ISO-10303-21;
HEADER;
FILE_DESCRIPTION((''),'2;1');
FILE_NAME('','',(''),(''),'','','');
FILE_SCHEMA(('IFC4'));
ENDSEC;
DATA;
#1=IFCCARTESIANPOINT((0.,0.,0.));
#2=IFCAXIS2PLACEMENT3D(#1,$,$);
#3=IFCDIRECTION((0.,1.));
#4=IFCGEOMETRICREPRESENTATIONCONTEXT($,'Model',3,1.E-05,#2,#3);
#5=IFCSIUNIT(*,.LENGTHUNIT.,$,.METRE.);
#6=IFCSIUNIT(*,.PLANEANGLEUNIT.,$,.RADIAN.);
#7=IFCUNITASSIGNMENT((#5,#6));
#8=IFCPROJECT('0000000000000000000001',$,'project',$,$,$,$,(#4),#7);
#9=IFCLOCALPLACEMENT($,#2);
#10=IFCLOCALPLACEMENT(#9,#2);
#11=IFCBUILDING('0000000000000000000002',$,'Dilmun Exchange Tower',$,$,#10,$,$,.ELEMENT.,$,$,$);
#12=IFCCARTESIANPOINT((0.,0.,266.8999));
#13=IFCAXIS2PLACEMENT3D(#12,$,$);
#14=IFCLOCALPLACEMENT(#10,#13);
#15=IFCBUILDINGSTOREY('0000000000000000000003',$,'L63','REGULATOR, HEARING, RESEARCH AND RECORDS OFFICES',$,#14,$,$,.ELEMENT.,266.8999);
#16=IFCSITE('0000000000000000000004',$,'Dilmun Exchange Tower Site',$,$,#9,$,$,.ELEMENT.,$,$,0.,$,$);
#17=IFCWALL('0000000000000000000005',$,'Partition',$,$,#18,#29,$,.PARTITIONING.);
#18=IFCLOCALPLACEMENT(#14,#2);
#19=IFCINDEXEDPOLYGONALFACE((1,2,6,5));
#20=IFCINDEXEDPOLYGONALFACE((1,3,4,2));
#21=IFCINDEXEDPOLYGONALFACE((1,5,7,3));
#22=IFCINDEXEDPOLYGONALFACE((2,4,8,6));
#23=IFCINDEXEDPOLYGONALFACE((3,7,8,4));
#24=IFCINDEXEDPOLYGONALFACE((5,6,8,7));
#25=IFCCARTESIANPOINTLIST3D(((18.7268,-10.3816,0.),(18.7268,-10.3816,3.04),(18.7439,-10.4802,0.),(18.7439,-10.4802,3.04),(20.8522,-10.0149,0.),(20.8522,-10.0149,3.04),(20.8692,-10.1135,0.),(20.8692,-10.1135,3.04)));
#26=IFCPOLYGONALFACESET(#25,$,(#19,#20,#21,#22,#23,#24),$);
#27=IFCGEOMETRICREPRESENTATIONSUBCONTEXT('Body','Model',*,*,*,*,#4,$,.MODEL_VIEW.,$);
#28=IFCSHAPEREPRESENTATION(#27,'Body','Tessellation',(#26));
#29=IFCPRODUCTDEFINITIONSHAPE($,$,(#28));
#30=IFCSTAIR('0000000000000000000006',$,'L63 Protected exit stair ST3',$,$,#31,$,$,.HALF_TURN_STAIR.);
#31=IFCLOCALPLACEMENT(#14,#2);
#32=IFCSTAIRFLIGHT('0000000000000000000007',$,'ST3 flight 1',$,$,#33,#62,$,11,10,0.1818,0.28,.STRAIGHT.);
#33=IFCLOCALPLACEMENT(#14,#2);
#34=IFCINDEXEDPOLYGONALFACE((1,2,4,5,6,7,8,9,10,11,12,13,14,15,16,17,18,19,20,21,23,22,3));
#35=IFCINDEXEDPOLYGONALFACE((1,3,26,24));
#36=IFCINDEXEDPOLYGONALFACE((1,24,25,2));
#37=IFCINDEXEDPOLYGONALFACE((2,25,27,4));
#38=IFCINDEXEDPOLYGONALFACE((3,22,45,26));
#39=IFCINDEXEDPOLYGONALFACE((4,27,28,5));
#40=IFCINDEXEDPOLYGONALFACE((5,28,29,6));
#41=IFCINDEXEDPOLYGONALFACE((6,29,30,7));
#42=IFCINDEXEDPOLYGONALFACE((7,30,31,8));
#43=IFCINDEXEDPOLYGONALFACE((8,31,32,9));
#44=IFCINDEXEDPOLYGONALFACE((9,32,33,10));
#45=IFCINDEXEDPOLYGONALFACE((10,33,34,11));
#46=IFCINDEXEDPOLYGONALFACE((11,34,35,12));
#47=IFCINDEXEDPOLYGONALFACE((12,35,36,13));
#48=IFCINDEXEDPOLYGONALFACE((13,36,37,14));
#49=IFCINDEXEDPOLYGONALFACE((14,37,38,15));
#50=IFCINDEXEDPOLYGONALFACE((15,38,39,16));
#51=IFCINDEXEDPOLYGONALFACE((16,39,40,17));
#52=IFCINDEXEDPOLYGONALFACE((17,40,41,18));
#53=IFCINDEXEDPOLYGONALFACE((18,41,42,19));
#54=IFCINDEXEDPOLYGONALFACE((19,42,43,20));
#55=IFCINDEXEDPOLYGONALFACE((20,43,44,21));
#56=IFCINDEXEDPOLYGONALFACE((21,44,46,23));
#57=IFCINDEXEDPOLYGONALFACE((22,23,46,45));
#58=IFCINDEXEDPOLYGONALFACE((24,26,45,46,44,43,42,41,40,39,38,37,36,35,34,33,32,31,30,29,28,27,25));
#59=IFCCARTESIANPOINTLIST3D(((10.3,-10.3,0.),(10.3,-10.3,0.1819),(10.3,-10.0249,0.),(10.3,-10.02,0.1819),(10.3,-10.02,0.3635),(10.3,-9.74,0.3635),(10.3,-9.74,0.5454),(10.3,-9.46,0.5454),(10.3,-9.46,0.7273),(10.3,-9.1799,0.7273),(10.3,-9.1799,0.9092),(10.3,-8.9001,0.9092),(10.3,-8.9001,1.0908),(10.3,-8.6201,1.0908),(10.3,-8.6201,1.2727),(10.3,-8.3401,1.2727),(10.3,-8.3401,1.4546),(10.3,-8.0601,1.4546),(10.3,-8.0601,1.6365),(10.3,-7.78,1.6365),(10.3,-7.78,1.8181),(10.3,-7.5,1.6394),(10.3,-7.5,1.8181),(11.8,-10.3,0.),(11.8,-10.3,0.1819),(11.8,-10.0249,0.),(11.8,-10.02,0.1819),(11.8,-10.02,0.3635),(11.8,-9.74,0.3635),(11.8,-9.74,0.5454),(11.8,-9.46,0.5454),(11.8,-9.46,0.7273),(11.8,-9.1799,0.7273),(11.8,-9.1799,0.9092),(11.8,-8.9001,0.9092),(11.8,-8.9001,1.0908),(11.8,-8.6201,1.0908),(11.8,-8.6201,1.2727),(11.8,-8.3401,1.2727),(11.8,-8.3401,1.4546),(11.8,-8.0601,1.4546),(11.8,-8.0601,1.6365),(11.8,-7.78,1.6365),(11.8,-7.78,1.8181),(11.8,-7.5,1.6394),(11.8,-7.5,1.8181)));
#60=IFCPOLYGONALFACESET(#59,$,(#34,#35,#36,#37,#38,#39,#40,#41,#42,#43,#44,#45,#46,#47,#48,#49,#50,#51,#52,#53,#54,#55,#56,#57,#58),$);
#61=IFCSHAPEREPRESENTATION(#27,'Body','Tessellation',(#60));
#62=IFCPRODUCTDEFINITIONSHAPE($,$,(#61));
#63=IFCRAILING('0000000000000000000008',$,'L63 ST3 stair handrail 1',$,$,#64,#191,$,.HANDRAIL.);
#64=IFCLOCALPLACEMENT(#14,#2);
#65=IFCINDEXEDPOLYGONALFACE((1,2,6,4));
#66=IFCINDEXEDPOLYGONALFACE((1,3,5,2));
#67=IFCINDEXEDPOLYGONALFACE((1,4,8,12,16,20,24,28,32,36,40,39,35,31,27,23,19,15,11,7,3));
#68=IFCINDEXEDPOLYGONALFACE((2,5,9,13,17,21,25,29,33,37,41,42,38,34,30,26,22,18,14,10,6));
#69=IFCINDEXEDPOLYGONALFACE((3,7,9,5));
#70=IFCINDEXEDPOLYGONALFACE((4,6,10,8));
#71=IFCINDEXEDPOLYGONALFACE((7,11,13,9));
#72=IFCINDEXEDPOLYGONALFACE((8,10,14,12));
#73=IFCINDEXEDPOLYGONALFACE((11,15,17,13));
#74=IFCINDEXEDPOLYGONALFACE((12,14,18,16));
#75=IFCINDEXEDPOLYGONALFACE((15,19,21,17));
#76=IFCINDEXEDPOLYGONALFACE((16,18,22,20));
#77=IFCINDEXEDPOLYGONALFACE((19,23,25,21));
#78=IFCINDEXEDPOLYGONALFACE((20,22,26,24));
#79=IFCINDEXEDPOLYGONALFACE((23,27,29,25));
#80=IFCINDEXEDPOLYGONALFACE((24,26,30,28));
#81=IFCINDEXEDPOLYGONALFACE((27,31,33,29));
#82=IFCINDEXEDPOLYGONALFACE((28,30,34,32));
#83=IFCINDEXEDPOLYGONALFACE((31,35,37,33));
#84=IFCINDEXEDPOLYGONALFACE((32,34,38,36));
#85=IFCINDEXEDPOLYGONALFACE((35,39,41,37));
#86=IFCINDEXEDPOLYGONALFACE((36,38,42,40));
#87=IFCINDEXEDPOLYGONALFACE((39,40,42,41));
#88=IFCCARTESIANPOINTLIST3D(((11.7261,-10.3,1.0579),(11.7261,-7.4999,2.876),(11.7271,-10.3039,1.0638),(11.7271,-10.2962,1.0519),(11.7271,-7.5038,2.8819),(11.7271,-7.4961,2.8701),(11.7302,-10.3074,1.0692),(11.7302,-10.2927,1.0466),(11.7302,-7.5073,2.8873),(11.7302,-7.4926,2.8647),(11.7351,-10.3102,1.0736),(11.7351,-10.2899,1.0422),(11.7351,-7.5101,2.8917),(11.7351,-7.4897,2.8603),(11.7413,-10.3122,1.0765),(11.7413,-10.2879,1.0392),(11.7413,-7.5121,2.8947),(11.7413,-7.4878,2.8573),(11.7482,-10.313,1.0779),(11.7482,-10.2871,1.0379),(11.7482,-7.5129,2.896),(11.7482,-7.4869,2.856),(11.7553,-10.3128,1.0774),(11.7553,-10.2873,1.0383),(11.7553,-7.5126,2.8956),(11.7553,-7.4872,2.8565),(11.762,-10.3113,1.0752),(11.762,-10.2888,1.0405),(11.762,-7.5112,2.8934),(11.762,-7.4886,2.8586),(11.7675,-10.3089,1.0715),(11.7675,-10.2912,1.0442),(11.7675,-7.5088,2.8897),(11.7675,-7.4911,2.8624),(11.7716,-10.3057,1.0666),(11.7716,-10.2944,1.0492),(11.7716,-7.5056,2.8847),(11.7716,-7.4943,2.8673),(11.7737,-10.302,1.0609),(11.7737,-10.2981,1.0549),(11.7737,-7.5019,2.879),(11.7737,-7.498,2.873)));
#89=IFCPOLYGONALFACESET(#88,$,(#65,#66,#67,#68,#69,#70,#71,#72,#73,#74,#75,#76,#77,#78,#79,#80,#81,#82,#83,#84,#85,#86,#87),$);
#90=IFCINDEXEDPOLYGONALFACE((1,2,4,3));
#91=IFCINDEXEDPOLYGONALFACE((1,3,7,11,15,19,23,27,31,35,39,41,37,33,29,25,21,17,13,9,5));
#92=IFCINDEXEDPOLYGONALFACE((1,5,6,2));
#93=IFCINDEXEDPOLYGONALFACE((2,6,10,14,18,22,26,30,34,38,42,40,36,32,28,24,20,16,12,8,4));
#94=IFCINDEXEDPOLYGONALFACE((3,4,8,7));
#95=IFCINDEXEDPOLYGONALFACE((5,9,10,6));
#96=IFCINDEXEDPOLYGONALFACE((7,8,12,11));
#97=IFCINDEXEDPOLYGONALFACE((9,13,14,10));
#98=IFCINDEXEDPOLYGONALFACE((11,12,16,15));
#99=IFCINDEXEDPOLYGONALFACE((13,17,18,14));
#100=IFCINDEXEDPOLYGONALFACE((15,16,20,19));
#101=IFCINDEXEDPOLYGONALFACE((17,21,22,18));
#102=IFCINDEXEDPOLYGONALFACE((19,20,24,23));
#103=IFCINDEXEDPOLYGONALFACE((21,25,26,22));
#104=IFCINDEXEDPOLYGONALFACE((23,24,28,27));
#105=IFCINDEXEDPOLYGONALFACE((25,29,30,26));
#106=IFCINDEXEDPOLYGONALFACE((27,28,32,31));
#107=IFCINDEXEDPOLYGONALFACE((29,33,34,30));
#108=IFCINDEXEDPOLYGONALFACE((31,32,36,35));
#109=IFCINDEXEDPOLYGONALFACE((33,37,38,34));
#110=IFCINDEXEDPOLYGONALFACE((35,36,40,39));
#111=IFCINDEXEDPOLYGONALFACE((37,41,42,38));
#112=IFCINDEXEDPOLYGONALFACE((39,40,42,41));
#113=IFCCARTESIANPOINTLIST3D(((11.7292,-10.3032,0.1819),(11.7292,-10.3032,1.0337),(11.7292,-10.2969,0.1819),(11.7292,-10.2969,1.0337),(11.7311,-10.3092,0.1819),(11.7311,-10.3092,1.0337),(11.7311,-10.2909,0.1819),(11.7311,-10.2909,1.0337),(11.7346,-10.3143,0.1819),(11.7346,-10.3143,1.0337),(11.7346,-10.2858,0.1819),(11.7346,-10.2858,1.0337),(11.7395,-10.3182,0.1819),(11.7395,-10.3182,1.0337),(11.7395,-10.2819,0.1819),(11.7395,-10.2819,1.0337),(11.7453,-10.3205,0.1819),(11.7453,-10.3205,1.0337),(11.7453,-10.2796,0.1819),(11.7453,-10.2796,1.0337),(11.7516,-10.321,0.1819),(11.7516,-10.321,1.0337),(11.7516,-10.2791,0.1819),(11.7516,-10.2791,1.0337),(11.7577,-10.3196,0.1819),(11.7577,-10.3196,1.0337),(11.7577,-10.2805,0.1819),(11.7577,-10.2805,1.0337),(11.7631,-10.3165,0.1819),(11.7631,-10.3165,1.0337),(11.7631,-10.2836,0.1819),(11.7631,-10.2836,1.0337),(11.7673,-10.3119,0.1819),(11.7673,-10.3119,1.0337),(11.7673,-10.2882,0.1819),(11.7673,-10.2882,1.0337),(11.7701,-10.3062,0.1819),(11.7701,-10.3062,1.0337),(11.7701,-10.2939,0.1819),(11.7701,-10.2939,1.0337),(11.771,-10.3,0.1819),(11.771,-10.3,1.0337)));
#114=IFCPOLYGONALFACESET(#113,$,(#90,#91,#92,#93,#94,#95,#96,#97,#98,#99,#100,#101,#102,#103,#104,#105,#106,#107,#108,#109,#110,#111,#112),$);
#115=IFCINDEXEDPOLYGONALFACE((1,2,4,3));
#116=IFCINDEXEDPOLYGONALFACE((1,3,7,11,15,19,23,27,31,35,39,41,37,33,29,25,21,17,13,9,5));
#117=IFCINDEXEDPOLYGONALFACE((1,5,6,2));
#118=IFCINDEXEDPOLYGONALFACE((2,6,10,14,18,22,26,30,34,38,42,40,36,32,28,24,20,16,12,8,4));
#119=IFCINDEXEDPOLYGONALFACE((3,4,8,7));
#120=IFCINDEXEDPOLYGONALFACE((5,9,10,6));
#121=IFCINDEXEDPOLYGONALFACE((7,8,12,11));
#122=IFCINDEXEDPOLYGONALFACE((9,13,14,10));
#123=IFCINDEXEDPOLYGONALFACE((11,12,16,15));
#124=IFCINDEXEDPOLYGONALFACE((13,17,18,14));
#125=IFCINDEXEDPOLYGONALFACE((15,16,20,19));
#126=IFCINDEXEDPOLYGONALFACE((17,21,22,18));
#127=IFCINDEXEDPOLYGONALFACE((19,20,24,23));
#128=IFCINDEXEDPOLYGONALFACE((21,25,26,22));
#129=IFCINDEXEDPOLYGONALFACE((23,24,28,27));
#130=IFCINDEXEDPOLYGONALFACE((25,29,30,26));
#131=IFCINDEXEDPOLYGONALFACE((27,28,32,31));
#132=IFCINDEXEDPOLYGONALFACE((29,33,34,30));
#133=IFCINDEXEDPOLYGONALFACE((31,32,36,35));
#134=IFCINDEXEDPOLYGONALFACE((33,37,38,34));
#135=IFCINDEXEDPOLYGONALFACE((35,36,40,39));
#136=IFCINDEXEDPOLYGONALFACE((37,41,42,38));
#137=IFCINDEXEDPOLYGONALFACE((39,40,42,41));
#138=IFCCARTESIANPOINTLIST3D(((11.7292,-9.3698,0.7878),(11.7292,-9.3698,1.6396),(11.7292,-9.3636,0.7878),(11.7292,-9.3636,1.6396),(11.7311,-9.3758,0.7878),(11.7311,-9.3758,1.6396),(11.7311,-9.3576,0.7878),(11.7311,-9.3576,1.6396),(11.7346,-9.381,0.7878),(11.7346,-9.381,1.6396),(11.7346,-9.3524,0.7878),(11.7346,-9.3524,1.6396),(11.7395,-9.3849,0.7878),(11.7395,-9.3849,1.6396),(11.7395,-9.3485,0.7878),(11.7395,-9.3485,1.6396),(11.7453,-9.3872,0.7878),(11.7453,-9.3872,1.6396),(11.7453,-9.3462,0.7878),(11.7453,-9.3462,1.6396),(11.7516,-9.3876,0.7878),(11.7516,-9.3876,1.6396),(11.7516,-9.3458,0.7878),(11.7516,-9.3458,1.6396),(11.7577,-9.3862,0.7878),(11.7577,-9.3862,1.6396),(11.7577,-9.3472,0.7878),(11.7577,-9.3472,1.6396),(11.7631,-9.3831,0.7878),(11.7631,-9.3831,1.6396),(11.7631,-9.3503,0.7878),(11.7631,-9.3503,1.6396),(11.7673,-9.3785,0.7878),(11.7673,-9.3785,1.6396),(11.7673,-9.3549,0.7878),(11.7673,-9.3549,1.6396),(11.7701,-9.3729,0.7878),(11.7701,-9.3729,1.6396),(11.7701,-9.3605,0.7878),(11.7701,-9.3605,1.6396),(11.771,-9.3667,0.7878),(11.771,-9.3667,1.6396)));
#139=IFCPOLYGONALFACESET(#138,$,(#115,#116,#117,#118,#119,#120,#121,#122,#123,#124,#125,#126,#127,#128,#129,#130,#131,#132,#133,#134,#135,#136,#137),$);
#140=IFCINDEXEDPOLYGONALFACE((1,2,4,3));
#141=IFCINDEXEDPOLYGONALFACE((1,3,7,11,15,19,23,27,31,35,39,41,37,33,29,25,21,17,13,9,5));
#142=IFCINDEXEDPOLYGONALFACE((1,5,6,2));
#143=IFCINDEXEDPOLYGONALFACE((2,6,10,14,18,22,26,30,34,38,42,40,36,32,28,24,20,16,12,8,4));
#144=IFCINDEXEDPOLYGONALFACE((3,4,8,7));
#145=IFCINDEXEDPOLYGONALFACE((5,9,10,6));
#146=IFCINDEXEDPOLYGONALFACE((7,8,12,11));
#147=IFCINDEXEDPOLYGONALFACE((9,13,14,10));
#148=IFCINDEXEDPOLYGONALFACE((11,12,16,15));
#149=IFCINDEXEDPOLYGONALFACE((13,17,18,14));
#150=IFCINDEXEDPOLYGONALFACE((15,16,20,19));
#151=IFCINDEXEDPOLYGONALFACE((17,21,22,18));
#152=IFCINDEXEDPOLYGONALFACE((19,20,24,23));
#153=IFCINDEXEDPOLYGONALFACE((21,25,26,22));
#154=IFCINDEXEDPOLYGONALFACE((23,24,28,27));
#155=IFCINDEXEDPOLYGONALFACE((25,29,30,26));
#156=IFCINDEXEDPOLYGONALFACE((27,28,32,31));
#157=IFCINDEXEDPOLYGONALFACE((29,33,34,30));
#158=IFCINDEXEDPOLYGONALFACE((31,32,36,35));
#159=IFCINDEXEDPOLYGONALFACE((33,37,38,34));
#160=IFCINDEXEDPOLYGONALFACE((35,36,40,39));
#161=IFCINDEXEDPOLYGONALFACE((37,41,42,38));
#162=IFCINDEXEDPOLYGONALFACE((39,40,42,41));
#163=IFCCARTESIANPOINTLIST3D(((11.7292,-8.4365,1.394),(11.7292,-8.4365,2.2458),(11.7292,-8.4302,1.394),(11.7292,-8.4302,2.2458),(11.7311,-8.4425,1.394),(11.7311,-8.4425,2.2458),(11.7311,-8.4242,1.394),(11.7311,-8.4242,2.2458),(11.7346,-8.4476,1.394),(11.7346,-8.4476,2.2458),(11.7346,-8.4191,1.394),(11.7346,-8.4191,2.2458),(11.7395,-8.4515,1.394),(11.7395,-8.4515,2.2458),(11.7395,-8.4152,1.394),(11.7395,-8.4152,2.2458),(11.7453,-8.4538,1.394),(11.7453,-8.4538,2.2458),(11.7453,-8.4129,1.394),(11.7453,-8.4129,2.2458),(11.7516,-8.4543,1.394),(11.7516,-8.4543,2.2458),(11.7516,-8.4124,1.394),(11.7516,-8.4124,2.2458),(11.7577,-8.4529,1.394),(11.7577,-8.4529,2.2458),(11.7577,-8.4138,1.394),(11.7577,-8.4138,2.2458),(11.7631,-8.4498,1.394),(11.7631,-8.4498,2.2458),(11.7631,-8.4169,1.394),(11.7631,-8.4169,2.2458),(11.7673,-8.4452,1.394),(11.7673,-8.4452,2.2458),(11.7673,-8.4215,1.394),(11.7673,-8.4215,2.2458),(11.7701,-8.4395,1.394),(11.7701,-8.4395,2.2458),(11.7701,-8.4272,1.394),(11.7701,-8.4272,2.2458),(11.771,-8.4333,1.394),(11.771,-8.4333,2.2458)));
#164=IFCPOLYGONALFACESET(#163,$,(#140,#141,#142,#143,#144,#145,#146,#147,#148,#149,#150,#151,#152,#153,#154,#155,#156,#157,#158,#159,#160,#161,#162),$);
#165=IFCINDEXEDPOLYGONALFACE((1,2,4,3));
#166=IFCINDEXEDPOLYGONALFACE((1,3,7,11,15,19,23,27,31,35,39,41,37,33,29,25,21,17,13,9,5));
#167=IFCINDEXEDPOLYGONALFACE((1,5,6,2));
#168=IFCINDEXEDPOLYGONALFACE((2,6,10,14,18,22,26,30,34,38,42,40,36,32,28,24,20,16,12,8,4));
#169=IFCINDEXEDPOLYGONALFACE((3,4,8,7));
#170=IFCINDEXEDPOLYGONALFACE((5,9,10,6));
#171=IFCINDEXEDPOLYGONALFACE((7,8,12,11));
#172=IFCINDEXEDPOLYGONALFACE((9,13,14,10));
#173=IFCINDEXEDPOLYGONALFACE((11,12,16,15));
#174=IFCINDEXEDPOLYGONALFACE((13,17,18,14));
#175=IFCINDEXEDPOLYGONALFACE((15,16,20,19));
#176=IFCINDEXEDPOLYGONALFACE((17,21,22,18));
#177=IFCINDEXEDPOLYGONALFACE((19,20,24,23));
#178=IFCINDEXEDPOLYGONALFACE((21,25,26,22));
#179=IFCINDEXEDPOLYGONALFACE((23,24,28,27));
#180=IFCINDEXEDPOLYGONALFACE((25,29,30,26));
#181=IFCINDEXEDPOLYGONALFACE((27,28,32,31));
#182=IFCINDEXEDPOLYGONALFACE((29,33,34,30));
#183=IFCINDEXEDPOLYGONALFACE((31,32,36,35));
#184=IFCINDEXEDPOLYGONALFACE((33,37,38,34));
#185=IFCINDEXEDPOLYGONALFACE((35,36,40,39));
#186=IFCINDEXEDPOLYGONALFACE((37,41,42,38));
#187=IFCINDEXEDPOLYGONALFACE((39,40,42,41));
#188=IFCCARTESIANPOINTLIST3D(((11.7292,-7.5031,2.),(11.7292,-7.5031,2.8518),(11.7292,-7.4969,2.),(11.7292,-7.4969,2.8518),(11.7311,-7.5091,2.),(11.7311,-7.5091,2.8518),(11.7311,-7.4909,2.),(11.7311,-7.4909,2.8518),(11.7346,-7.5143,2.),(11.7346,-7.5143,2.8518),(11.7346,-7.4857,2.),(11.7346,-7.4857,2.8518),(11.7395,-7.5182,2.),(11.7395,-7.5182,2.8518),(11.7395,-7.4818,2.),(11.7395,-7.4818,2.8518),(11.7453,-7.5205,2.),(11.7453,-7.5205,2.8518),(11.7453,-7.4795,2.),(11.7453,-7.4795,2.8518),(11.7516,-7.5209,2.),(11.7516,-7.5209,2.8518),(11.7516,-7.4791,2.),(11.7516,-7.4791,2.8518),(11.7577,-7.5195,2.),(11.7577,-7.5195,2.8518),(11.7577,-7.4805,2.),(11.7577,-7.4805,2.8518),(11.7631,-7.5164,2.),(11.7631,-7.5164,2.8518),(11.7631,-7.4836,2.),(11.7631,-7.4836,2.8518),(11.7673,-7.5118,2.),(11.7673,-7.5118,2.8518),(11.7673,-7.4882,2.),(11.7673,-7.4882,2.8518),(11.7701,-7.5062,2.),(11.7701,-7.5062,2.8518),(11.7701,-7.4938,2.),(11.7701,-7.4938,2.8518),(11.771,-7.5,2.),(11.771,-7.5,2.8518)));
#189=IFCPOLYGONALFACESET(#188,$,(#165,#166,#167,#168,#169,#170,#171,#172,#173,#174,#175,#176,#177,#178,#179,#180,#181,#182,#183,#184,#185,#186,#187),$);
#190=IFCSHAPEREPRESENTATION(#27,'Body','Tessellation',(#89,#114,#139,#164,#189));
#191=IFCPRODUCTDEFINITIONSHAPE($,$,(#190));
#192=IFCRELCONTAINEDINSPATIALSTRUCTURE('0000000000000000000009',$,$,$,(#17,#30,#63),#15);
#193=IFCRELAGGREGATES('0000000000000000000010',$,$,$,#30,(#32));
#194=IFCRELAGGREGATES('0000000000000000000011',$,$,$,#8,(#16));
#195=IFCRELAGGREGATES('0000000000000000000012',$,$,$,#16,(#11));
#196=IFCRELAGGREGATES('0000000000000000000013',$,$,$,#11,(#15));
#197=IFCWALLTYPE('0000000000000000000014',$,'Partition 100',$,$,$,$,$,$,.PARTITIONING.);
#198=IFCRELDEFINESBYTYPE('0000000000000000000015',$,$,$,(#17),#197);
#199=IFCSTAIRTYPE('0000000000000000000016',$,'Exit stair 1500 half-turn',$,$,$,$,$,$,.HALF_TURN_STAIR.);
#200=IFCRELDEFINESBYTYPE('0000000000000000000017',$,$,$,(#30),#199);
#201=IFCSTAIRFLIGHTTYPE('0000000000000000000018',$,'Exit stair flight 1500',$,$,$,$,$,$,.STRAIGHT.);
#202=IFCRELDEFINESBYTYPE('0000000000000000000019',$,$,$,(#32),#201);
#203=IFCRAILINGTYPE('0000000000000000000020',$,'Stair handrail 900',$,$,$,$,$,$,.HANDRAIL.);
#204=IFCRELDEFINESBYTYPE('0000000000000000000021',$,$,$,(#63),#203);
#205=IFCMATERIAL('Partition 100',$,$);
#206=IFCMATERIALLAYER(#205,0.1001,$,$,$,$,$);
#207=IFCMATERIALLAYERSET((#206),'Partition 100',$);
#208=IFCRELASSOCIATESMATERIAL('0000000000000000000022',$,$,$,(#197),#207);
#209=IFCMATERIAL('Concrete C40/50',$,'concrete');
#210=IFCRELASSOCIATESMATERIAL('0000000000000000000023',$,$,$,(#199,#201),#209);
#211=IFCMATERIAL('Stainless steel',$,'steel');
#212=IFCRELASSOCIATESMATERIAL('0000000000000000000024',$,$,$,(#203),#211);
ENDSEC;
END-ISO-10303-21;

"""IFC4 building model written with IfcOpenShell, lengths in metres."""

from ifc_helpers import new_model, si_unit, direction, frame, frame_2d, origin, origin_2d, place, context, subcontext, project, spatial, polyline, rectangle, circle, outline, extrude, material, layer, layer_set, type_object, element, aggregate, save


model = new_model("IFC4")

# Units and contexts
model_context = context("Model", 3, precision=1e-05, world=origin(), true_north=direction((0.0, 1.0)))
body_context = subcontext(model_context, "Body", "Model", "MODEL_VIEW")
ifc_project = project(units=[si_unit("LENGTHUNIT", "METRE"), si_unit("PLANEANGLEUNIT", "RADIAN")], contexts=[model_context])

# Site, building, storey
site_placement = place(None, origin())
site = spatial("IfcSite", under=ifc_project, at=site_placement, Name="Dilmun Exchange Tower Site", CompositionType="ELEMENT", RefElevation=0.0)
building_placement = place(site_placement, origin())
building = spatial("IfcBuilding", under=site, at=building_placement, Name="Dilmun Exchange Tower", CompositionType="ELEMENT")
storey_placement = place(building_placement, frame((0.0, 0.0, 266.8999)))
storey = spatial("IfcBuildingStorey", under=building, at=storey_placement, Name="L63", Description="REGULATOR, HEARING, RESEARCH AND RECORDS OFFICES", CompositionType="ELEMENT", Elevation=266.8999)

# Shared definitions
ifc_material_1 = material(Name="Concrete C40/50", Category="concrete")

# Wall
ifc_material_2 = material(Name="Partition 100")
ifc_layer_1 = layer(ifc_material_2, 0.1001)
ifc_layer_set_1 = layer_set([ifc_layer_1], Name="Partition 100")
wall_type_1 = type_object("IfcWallType", Name="Partition 100", PredefinedType="PARTITIONING", material=ifc_layer_set_1)
wall_1_placement = place(storey_placement, frame((18.7354, -10.4309, 0.0), z_axis=(0.0, 0.0, 1.0), x_axis=(0.985439, 0.170032, 0.0)))
element("IfcWall", 1, at=wall_1_placement, inside=storey, type_object=wall_type_1, Name="Partition", PredefinedType="PARTITIONING", context=body_context, shape_type="SweptSolid", body=[
    extrude(rectangle(XDim=2.1567, YDim=0.1001, at=frame_2d((1.0784, 0.0))), origin(), (0.0, 0.0, 1.0), 3.04),
])

# Stair, stair flight
stair_type = type_object("IfcStairType", Name="Exit stair 1500 half-turn", PredefinedType="HALF_TURN_STAIR", material=ifc_material_1)
stair_placement = place(storey_placement, origin())
stair = element("IfcStair", 2, at=stair_placement, inside=storey, type_object=stair_type, Name="L63 Protected exit stair ST3", PredefinedType="HALF_TURN_STAIR")
stair_flight_type = type_object("IfcStairFlightType", Name="Exit stair flight 1500", PredefinedType="STRAIGHT", material=ifc_material_1)
stair_flight_placement = place(storey_placement, frame((11.05, -10.3, 0.0), z_axis=(0.0, 0.0, 1.0), x_axis=(0.0, 1.0, 0.0)))
stair_flight = element("IfcStairFlight", 3, at=stair_flight_placement, type_object=stair_flight_type, Name="ST3 flight 1", NumberOfRisers=11, NumberOfTreads=10, PredefinedType="STRAIGHT", RiserHeight=0.1818, TreadLength=0.28, context=body_context, shape_type="SweptSolid", body=[
    extrude(outline(polyline([(0.0, 0.0), (0.0, 0.1819), (0.28, 0.1819), (0.28, 0.3635), (0.5601, 0.3635), (0.5601, 0.5454), (0.8401, 0.5454), (0.8401, 0.7273), (1.1201, 0.7273), (1.1201, 0.9092), (1.3999, 0.9092), (1.3999, 1.0908), (1.6799, 1.0908), (1.6799, 1.2727), (1.96, 1.2727), (1.96, 1.4546), (2.24, 1.4546), (2.24, 1.6365), (2.52, 1.6365), (2.52, 1.8181), (2.8, 1.8181), (2.8, 2.0), (2.8, 1.6394), (0.2751, 0.0), (0.0, 0.0)])), frame((0.0, 0.75, 0.0), z_axis=(0.0, -1.0, 0.0), x_axis=(1.0, 0.0, 0.0)), (0.0, 0.0, 1.0), 1.5),
])
aggregate(stair, [stair_flight])

# Railing
ifc_material_3 = material(Name="Stainless steel", Category="steel")
railing_type = type_object("IfcRailingType", Name="Stair handrail 900", PredefinedType="HANDRAIL", material=ifc_material_3)
railing_1_placement = place(storey_placement, frame((11.75, -10.3, 0.1819)))
element("IfcRailing", 4, at=railing_1_placement, inside=storey, type_object=railing_type, Name="L63 ST3 stair handrail 1", PredefinedType="HANDRAIL", context=body_context, shape_type="SweptSolid", body=[
    extrude(circle(Radius=0.0239, at=origin_2d()), frame((0.0, 0.0, 0.876), z_axis=(0.0, 0.838706, 0.544585), x_axis=(-1.0, 0.0, 0.0)), (0.0, 0.0, 1.0), 3.3386),
    extrude(circle(Radius=0.021, at=origin_2d()), origin(), (0.0, 0.0, 1.0), 0.8518),
    extrude(circle(Radius=0.021, at=origin_2d()), frame((0.0, 0.9333, 0.606)), (0.0, 0.0, 1.0), 0.8518),
    extrude(circle(Radius=0.021, at=origin_2d()), frame((0.0, 1.8667, 1.2122)), (0.0, 0.0, 1.0), 0.8518),
    extrude(circle(Radius=0.021, at=origin_2d()), frame((0.0, 2.8, 1.8181)), (0.0, 0.0, 1.0), 0.8518),
])

save(model, "model.ifc")
